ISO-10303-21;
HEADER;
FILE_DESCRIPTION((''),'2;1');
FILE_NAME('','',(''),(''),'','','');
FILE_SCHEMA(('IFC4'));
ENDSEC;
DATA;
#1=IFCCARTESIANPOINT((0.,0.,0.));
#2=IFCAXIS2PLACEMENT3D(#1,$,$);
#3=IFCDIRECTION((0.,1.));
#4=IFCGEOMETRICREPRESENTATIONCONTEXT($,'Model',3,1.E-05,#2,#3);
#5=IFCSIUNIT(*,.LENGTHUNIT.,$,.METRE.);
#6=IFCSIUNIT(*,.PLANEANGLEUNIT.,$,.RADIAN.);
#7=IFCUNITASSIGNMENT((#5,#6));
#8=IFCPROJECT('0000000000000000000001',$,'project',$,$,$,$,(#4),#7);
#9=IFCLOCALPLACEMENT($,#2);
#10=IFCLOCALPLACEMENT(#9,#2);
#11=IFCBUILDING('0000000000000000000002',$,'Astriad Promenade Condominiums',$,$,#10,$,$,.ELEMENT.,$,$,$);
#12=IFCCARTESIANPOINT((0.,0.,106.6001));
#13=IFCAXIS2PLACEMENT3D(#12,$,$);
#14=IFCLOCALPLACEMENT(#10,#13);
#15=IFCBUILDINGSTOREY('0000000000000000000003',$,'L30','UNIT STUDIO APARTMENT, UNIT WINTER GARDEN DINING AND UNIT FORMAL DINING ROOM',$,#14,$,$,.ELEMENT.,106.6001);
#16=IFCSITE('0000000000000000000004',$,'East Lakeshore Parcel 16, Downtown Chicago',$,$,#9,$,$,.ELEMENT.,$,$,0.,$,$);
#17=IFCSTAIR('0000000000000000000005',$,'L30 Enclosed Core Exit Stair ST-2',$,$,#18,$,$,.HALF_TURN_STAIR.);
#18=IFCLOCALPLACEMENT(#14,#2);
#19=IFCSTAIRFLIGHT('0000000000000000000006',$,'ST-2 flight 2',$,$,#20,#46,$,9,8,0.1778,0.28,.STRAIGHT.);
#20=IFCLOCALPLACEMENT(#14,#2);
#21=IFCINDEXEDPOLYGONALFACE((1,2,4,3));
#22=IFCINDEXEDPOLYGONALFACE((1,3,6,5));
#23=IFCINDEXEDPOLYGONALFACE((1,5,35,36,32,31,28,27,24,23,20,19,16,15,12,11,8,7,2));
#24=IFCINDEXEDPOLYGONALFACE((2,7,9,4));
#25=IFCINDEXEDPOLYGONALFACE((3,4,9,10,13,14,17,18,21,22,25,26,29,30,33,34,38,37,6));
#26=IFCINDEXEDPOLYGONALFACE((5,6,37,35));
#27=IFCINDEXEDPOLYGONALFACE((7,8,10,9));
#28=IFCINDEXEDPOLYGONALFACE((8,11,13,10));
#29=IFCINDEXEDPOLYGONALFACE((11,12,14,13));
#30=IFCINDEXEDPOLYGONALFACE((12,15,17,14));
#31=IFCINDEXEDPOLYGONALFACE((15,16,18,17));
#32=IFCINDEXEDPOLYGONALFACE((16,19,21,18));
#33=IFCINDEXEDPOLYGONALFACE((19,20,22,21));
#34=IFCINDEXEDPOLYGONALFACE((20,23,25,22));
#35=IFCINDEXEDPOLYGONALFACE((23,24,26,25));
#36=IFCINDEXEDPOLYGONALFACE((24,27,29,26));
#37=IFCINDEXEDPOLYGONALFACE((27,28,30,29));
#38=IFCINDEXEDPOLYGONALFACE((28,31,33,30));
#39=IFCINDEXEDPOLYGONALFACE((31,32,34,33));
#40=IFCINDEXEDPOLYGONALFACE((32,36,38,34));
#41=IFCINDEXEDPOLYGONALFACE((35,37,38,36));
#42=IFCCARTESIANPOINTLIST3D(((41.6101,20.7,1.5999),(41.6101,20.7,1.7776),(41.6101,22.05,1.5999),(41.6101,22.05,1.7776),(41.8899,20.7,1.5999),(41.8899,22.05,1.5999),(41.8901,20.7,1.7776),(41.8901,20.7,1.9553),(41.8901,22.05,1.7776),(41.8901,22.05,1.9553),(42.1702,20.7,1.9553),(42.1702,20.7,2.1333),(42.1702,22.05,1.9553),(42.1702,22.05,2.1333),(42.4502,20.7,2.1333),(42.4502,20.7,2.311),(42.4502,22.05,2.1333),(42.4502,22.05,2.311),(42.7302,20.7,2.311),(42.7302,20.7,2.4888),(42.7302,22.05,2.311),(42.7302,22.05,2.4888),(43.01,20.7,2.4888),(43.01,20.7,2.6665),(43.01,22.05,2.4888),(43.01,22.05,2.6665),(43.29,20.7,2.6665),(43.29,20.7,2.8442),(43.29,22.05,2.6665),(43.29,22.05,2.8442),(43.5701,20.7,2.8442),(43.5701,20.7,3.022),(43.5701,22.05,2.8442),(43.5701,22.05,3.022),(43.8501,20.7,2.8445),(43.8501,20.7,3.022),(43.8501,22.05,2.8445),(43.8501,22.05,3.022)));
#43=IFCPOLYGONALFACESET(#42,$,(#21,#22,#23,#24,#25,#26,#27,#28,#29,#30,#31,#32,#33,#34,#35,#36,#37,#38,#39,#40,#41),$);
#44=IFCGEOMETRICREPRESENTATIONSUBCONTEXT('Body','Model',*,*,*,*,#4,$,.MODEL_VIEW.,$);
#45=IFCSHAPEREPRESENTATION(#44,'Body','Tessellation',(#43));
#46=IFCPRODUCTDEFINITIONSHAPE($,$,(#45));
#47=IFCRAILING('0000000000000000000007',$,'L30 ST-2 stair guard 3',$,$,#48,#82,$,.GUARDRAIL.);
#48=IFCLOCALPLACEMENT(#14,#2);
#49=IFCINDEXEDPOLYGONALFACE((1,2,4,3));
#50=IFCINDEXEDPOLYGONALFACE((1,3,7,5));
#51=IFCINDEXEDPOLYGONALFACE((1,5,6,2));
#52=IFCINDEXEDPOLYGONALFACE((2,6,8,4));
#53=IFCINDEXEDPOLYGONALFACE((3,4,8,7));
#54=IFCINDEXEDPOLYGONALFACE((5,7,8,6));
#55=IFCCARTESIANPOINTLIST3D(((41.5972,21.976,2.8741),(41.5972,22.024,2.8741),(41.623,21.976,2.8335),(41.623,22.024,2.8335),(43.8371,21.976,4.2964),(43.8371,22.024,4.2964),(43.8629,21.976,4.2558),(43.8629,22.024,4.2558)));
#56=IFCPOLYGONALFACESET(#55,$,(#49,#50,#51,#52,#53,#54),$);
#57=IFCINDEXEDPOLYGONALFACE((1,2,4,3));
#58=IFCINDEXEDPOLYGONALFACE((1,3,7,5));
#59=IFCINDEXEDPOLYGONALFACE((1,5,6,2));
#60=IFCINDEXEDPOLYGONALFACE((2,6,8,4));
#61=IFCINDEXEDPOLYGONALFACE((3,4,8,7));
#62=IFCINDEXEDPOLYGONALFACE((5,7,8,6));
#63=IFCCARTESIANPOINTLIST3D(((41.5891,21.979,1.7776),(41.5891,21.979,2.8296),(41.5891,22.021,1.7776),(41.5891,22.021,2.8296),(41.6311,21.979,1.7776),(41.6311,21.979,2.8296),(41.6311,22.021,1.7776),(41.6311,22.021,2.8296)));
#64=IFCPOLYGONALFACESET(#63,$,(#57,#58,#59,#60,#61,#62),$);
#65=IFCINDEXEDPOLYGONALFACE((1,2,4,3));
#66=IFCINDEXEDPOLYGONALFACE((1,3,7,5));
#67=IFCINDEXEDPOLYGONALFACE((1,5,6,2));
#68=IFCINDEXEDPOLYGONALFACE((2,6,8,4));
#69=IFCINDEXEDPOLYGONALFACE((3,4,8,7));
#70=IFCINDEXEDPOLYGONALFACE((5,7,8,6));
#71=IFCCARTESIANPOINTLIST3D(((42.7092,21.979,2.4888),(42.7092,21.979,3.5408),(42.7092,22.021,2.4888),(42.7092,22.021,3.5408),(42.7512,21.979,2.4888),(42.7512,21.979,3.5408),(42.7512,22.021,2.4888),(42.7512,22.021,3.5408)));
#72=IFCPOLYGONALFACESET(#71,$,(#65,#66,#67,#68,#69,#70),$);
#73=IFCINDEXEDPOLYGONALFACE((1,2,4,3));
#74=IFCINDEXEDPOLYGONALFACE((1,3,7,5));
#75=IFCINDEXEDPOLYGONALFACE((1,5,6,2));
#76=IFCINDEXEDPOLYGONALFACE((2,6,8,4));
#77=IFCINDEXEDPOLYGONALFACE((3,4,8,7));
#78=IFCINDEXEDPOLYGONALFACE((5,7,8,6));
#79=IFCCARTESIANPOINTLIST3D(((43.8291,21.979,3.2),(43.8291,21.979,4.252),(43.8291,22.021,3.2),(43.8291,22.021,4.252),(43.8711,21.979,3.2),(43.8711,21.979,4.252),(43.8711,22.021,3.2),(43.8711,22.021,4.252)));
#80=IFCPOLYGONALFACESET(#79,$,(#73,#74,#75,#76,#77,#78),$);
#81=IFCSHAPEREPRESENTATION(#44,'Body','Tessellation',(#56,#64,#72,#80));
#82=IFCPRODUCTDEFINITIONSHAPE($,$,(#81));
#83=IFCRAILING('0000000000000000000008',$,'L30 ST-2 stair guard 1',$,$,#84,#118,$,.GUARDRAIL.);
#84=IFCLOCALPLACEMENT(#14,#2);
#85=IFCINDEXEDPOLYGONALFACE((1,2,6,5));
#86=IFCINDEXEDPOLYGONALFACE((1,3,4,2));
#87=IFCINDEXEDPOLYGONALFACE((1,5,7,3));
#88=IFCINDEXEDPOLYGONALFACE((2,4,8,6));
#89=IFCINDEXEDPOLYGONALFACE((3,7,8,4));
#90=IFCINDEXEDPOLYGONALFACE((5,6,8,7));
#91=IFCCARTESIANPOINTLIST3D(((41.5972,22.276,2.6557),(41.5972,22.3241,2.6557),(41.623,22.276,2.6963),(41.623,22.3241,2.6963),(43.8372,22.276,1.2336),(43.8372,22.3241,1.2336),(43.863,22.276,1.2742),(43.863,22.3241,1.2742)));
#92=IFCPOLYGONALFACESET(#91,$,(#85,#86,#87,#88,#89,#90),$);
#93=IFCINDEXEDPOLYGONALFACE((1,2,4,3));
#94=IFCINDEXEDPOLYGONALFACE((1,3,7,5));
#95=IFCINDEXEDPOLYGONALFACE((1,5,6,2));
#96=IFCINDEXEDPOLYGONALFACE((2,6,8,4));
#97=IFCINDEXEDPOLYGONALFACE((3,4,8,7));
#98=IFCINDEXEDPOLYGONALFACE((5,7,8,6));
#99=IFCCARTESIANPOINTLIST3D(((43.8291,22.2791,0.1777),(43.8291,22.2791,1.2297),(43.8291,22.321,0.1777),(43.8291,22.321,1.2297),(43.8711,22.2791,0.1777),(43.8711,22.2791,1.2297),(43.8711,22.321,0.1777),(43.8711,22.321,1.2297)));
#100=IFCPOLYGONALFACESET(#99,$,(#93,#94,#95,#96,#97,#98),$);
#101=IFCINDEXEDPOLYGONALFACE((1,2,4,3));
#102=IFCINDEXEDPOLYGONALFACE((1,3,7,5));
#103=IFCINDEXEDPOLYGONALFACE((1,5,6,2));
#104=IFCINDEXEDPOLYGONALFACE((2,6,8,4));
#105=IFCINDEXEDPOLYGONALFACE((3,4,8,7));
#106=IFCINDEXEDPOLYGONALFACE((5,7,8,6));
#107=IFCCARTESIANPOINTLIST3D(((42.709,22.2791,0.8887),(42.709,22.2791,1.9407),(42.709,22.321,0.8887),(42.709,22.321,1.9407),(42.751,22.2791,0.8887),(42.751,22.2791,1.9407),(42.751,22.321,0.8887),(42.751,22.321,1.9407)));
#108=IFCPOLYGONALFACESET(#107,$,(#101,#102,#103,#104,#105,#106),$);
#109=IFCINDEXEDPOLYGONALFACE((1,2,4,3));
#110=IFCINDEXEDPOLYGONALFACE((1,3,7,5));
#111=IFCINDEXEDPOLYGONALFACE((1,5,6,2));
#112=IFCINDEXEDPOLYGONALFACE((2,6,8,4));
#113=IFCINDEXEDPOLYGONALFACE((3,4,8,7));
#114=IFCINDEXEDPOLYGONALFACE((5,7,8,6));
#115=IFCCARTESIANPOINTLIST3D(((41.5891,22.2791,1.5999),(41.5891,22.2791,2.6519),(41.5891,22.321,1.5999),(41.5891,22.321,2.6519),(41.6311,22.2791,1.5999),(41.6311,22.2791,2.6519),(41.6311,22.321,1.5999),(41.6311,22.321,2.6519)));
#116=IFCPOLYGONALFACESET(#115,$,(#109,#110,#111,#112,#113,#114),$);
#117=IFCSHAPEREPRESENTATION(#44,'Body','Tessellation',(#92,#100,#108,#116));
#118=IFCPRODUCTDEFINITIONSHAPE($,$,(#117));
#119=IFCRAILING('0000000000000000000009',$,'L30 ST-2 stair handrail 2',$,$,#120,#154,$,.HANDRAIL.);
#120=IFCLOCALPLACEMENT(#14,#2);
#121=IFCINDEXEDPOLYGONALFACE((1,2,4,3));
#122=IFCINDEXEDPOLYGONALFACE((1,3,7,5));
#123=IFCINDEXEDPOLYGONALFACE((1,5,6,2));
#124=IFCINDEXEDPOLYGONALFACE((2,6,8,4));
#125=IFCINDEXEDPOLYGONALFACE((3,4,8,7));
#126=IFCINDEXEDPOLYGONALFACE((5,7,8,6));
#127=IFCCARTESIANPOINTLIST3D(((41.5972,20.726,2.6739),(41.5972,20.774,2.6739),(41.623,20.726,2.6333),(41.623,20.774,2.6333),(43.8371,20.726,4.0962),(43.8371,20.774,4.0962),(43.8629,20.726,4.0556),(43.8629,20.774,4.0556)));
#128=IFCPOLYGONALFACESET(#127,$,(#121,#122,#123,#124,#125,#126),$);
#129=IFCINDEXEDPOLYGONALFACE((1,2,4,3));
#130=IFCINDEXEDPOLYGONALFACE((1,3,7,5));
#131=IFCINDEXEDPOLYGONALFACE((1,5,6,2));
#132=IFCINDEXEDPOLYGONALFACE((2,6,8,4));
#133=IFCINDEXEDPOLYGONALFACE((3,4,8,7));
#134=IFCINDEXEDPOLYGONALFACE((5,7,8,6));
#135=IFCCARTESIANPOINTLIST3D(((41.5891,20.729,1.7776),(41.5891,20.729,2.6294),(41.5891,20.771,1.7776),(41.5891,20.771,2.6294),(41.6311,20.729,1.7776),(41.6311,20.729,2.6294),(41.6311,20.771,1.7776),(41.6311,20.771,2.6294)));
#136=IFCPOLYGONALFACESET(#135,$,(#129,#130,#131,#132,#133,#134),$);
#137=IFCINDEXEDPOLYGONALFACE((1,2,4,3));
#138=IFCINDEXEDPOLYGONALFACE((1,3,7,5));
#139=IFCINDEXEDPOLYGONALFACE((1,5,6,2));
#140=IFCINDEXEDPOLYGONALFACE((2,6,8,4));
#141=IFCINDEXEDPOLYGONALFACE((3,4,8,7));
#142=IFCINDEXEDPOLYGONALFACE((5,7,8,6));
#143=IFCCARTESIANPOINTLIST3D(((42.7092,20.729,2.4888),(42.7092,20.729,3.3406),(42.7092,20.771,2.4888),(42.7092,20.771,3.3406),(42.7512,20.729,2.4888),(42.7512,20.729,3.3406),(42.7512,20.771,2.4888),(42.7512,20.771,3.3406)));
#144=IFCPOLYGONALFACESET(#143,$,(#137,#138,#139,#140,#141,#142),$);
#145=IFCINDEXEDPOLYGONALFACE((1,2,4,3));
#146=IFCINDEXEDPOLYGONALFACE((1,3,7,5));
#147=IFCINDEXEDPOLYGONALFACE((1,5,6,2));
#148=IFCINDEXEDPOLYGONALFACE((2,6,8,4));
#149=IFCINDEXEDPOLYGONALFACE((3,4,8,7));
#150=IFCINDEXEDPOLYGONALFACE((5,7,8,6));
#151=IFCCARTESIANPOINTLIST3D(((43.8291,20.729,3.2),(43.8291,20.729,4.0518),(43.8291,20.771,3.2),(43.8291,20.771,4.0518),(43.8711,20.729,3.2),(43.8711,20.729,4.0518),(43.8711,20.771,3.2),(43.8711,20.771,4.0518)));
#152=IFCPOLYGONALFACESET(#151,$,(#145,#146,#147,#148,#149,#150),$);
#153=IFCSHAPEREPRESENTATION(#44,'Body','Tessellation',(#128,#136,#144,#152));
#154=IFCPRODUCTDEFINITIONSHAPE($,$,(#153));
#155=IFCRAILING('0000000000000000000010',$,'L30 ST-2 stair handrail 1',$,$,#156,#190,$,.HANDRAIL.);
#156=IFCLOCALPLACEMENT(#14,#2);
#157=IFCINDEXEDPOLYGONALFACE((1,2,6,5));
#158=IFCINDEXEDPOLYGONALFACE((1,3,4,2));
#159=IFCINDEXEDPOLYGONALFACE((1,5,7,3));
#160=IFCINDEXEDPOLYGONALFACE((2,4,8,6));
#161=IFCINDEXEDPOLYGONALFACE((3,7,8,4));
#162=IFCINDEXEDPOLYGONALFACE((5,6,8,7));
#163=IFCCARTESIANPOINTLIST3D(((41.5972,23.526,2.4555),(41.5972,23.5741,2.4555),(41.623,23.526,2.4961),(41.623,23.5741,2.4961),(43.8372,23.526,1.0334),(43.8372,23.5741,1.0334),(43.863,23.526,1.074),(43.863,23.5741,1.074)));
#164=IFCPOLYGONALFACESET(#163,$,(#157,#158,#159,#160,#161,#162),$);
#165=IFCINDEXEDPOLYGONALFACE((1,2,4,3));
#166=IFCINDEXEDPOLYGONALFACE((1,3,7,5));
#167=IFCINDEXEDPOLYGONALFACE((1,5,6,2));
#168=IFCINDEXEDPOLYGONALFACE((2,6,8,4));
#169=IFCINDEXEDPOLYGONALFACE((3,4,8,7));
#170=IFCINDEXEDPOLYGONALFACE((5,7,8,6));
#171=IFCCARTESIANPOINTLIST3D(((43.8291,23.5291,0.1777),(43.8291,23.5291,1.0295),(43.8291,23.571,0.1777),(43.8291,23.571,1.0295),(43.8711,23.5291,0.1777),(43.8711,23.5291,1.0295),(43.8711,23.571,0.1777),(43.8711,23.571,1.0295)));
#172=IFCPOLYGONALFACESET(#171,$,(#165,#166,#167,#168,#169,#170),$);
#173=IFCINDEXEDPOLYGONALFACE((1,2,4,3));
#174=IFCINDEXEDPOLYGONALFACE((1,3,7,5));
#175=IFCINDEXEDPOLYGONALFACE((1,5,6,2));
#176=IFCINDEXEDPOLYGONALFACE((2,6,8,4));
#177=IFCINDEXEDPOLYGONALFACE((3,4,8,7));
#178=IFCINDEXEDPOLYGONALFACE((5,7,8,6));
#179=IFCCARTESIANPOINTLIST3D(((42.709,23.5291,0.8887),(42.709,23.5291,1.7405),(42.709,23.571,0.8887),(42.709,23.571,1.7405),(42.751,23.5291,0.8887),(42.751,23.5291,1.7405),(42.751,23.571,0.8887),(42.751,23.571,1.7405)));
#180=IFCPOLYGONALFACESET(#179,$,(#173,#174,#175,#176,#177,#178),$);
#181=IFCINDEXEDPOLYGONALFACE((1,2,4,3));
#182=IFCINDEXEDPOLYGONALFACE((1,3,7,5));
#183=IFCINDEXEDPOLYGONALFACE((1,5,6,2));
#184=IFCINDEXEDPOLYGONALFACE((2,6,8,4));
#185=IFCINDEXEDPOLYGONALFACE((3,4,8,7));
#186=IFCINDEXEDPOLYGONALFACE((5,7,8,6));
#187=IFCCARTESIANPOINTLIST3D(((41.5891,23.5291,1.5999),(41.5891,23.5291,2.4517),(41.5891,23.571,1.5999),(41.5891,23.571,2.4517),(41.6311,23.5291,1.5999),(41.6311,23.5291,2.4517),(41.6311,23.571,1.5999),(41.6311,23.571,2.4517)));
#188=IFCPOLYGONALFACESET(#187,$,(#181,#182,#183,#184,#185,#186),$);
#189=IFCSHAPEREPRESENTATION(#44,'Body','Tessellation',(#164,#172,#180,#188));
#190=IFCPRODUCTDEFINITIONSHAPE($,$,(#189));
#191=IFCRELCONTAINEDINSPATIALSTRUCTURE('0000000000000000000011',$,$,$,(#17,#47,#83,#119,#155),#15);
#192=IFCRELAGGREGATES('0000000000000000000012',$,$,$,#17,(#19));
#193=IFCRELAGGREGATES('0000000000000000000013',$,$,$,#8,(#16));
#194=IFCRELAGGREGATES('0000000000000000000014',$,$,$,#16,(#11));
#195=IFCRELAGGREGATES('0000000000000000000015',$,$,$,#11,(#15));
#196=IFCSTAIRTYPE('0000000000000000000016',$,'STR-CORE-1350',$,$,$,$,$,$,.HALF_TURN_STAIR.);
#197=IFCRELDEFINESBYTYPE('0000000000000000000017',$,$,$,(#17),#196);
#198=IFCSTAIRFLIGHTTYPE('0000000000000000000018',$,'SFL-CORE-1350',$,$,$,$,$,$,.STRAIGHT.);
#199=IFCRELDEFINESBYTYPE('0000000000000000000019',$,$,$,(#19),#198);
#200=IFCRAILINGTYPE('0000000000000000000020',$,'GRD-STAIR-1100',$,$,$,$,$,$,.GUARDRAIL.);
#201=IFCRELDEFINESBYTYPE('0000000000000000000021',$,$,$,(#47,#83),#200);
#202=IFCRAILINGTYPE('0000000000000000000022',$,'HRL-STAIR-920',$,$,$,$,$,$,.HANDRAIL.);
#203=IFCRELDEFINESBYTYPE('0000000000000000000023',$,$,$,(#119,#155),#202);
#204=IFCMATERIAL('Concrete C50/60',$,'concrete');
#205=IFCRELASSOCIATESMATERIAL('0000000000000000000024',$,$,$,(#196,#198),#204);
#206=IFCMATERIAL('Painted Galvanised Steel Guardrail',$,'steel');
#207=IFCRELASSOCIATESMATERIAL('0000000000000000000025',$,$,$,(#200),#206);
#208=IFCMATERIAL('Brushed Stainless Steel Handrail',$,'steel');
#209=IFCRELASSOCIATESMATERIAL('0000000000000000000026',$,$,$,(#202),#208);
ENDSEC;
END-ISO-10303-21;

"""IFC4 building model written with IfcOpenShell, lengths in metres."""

from ifc_helpers import new_model, si_unit, direction, frame, origin, origin_2d, place, context, subcontext, project, spatial, polyline, rectangle, outline, extrude, source, transform, mapped, material, type_object, type_shapes, element, aggregate, save


model = new_model("IFC4")

# Units and contexts
model_context = context("Model", 3, precision=1e-05, world=origin(), true_north=direction((0.0, 1.0)))
body_context = subcontext(model_context, "Body", "Model", "MODEL_VIEW")
ifc_project = project(units=[si_unit("LENGTHUNIT", "METRE"), si_unit("PLANEANGLEUNIT", "RADIAN")], contexts=[model_context])

# Site, building, storey
site_placement = place(None, origin())
site = spatial("IfcSite", under=ifc_project, at=site_placement, Name="East Lakeshore Parcel 16, Downtown Chicago", CompositionType="ELEMENT", RefElevation=0.0)
building_placement = place(site_placement, origin())
building = spatial("IfcBuilding", under=site, at=building_placement, Name="Astriad Promenade Condominiums", CompositionType="ELEMENT")
storey_placement = place(building_placement, frame((0.0, 0.0, 106.6001)))
storey = spatial("IfcBuildingStorey", under=building, at=storey_placement, Name="L30", Description="UNIT STUDIO APARTMENT, UNIT WINTER GARDEN DINING AND UNIT FORMAL DINING ROOM", CompositionType="ELEMENT", Elevation=106.6001)

# Shared definitions
ifc_material_1 = material(Name="Concrete C50/60", Category="concrete")

# Stair, stair flight
stair_type = type_object("IfcStairType", Name="STR-CORE-1350", PredefinedType="HALF_TURN_STAIR", material=ifc_material_1)
stair_placement = place(storey_placement, origin())
stair = element("IfcStair", 1, at=stair_placement, inside=storey, type_object=stair_type, Name="L30 Enclosed Core Exit Stair ST-2", PredefinedType="HALF_TURN_STAIR")
stair_flight_type = type_object("IfcStairFlightType", Name="SFL-CORE-1350", PredefinedType="STRAIGHT", material=ifc_material_1)
shared_shape_1 = source(origin(), body_context, "Body", "SweptSolid", [
    extrude(outline(polyline([(0.0, 0.0), (0.0, 0.1777), (0.28, 0.1777), (0.28, 0.3555), (0.5601, 0.3555), (0.5601, 0.5334), (0.8401, 0.5334), (0.8401, 0.7112), (1.1201, 0.7112), (1.1201, 0.8889), (1.3999, 0.8889), (1.3999, 1.0667), (1.6799, 1.0667), (1.6799, 1.2444), (1.96, 1.2444), (1.96, 1.4221), (2.24, 1.4221), (2.24, 1.6001), (2.24, 1.2446), (0.2798, 0.0), (0.0, 0.0)])), frame((0.0, 0.675, 0.0), z_axis=(0.0, -1.0, 0.0), x_axis=(1.0, 0.0, 0.0)), (0.0, 0.0, 1.0), 1.3501),
])
type_shapes(stair_flight_type, [shared_shape_1])
stair_flight_1_placement = place(storey_placement, frame((41.6101, 21.375, 1.5999), z_axis=(0.0, 0.0, 1.0), x_axis=(1.0, 0.0, 0.0)))
stair_flight_1 = element("IfcStairFlight", 2, at=stair_flight_1_placement, type_object=stair_flight_type, Name="ST-2 flight 2", NumberOfRisers=9, NumberOfTreads=8, PredefinedType="STRAIGHT", RiserHeight=0.1778, TreadLength=0.28, context=body_context, shape_type="MappedRepresentation", body=[
    mapped(shared_shape_1, transform((0.0, 0.0, 0.0), scale=1.0)),
])
aggregate(stair, [stair_flight_1])

# Railings
ifc_material_2 = material(Name="Painted Galvanised Steel Guardrail", Category="steel")
railing_type_1 = type_object("IfcRailingType", Name="GRD-STAIR-1100", PredefinedType="GUARDRAIL", material=ifc_material_2)
shared_shape_2 = source(origin(), body_context, "Body", "SweptSolid", [
    extrude(rectangle(XDim=0.0481, YDim=0.0481, at=origin_2d()), frame((0.0, 0.0, 1.0762), z_axis=(0.844188, 0.0, 0.536048), x_axis=(0.0, 1.0, 0.0)), (0.0, 0.0, 1.0), 2.6533),
    extrude(rectangle(XDim=0.042, YDim=0.042, at=origin_2d()), origin(), (0.0, 0.0, 1.0), 1.052),
    extrude(rectangle(XDim=0.042, YDim=0.042, at=origin_2d()), frame((1.1201, 0.0, 0.7112)), (0.0, 0.0, 1.0), 1.052),
    extrude(rectangle(XDim=0.042, YDim=0.042, at=origin_2d()), frame((2.24, 0.0, 1.4224)), (0.0, 0.0, 1.0), 1.052),
])
railing_1_placement = place(storey_placement, frame((41.6101, 22.0, 1.7776)))
element("IfcRailing", 3, at=railing_1_placement, inside=storey, type_object=railing_type_1, Name="L30 ST-2 stair guard 3", PredefinedType="GUARDRAIL", context=body_context, shape_type="MappedRepresentation", body=[
    mapped(shared_shape_2, transform((0.0, 0.0, 0.0), scale=1.0)),
])
shared_shape_3 = source(origin(), body_context, "Body", "SweptSolid", [
    extrude(rectangle(XDim=0.0481, YDim=0.0481, at=origin_2d()), frame((0.0, 0.0, 1.0762), z_axis=(-0.844229, 0.0, 0.535982), x_axis=(0.0, -1.0, 0.0)), (0.0, 0.0, 1.0), 2.6533),
    extrude(rectangle(XDim=0.042, YDim=0.042, at=origin_2d()), origin(), (0.0, 0.0, 1.0), 1.052),
    extrude(rectangle(XDim=0.042, YDim=0.042, at=origin_2d()), frame((-1.1201, 0.0, 0.7109)), (0.0, 0.0, 1.0), 1.052),
    extrude(rectangle(XDim=0.042, YDim=0.042, at=origin_2d()), frame((-2.24, 0.0, 1.4221)), (0.0, 0.0, 1.0), 1.052),
])
railing_2_placement = place(storey_placement, frame((43.8501, 22.3, 0.1777)))
element("IfcRailing", 4, at=railing_2_placement, inside=storey, type_object=railing_type_1, Name="L30 ST-2 stair guard 1", PredefinedType="GUARDRAIL", context=body_context, shape_type="MappedRepresentation", body=[
    mapped(shared_shape_3, transform((0.0, 0.0, 0.0), scale=1.0)),
])
ifc_material_3 = material(Name="Brushed Stainless Steel Handrail", Category="steel")
railing_type_2 = type_object("IfcRailingType", Name="HRL-STAIR-920", PredefinedType="HANDRAIL", material=ifc_material_3)
shared_shape_4 = source(origin(), body_context, "Body", "SweptSolid", [
    extrude(rectangle(XDim=0.0481, YDim=0.0481, at=origin_2d()), frame((0.0, 0.0, 0.876), z_axis=(0.844188, 0.0, 0.536048), x_axis=(0.0, 1.0, 0.0)), (0.0, 0.0, 1.0), 2.6533),
    extrude(rectangle(XDim=0.042, YDim=0.042, at=origin_2d()), origin(), (0.0, 0.0, 1.0), 0.8518),
    extrude(rectangle(XDim=0.042, YDim=0.042, at=origin_2d()), frame((1.1201, 0.0, 0.7112)), (0.0, 0.0, 1.0), 0.8518),
    extrude(rectangle(XDim=0.042, YDim=0.042, at=origin_2d()), frame((2.24, 0.0, 1.4224)), (0.0, 0.0, 1.0), 0.8518),
])
railing_3_placement = place(storey_placement, frame((41.6101, 20.75, 1.7776)))
element("IfcRailing", 5, at=railing_3_placement, inside=storey, type_object=railing_type_2, Name="L30 ST-2 stair handrail 2", PredefinedType="HANDRAIL", context=body_context, shape_type="MappedRepresentation", body=[
    mapped(shared_shape_4, transform((0.0, 0.0, 0.0), scale=1.0)),
])
shared_shape_5 = source(origin(), body_context, "Body", "SweptSolid", [
    extrude(rectangle(XDim=0.0481, YDim=0.0481, at=origin_2d()), frame((0.0, 0.0, 0.876), z_axis=(-0.844229, 0.0, 0.535982), x_axis=(0.0, -1.0, 0.0)), (0.0, 0.0, 1.0), 2.6533),
    extrude(rectangle(XDim=0.042, YDim=0.042, at=origin_2d()), origin(), (0.0, 0.0, 1.0), 0.8518),
    extrude(rectangle(XDim=0.042, YDim=0.042, at=origin_2d()), frame((-1.1201, 0.0, 0.7109)), (0.0, 0.0, 1.0), 0.8518),
    extrude(rectangle(XDim=0.042, YDim=0.042, at=origin_2d()), frame((-2.24, 0.0, 1.4221)), (0.0, 0.0, 1.0), 0.8518),
])
type_shapes(railing_type_2, [shared_shape_4, shared_shape_5])
railing_4_placement = place(storey_placement, frame((43.8501, 23.55, 0.1777)))
element("IfcRailing", 6, at=railing_4_placement, inside=storey, type_object=railing_type_2, Name="L30 ST-2 stair handrail 1", PredefinedType="HANDRAIL", context=body_context, shape_type="MappedRepresentation", body=[
    mapped(shared_shape_5, transform((0.0, 0.0, 0.0), scale=1.0)),
])

save(model, "model.ifc")
